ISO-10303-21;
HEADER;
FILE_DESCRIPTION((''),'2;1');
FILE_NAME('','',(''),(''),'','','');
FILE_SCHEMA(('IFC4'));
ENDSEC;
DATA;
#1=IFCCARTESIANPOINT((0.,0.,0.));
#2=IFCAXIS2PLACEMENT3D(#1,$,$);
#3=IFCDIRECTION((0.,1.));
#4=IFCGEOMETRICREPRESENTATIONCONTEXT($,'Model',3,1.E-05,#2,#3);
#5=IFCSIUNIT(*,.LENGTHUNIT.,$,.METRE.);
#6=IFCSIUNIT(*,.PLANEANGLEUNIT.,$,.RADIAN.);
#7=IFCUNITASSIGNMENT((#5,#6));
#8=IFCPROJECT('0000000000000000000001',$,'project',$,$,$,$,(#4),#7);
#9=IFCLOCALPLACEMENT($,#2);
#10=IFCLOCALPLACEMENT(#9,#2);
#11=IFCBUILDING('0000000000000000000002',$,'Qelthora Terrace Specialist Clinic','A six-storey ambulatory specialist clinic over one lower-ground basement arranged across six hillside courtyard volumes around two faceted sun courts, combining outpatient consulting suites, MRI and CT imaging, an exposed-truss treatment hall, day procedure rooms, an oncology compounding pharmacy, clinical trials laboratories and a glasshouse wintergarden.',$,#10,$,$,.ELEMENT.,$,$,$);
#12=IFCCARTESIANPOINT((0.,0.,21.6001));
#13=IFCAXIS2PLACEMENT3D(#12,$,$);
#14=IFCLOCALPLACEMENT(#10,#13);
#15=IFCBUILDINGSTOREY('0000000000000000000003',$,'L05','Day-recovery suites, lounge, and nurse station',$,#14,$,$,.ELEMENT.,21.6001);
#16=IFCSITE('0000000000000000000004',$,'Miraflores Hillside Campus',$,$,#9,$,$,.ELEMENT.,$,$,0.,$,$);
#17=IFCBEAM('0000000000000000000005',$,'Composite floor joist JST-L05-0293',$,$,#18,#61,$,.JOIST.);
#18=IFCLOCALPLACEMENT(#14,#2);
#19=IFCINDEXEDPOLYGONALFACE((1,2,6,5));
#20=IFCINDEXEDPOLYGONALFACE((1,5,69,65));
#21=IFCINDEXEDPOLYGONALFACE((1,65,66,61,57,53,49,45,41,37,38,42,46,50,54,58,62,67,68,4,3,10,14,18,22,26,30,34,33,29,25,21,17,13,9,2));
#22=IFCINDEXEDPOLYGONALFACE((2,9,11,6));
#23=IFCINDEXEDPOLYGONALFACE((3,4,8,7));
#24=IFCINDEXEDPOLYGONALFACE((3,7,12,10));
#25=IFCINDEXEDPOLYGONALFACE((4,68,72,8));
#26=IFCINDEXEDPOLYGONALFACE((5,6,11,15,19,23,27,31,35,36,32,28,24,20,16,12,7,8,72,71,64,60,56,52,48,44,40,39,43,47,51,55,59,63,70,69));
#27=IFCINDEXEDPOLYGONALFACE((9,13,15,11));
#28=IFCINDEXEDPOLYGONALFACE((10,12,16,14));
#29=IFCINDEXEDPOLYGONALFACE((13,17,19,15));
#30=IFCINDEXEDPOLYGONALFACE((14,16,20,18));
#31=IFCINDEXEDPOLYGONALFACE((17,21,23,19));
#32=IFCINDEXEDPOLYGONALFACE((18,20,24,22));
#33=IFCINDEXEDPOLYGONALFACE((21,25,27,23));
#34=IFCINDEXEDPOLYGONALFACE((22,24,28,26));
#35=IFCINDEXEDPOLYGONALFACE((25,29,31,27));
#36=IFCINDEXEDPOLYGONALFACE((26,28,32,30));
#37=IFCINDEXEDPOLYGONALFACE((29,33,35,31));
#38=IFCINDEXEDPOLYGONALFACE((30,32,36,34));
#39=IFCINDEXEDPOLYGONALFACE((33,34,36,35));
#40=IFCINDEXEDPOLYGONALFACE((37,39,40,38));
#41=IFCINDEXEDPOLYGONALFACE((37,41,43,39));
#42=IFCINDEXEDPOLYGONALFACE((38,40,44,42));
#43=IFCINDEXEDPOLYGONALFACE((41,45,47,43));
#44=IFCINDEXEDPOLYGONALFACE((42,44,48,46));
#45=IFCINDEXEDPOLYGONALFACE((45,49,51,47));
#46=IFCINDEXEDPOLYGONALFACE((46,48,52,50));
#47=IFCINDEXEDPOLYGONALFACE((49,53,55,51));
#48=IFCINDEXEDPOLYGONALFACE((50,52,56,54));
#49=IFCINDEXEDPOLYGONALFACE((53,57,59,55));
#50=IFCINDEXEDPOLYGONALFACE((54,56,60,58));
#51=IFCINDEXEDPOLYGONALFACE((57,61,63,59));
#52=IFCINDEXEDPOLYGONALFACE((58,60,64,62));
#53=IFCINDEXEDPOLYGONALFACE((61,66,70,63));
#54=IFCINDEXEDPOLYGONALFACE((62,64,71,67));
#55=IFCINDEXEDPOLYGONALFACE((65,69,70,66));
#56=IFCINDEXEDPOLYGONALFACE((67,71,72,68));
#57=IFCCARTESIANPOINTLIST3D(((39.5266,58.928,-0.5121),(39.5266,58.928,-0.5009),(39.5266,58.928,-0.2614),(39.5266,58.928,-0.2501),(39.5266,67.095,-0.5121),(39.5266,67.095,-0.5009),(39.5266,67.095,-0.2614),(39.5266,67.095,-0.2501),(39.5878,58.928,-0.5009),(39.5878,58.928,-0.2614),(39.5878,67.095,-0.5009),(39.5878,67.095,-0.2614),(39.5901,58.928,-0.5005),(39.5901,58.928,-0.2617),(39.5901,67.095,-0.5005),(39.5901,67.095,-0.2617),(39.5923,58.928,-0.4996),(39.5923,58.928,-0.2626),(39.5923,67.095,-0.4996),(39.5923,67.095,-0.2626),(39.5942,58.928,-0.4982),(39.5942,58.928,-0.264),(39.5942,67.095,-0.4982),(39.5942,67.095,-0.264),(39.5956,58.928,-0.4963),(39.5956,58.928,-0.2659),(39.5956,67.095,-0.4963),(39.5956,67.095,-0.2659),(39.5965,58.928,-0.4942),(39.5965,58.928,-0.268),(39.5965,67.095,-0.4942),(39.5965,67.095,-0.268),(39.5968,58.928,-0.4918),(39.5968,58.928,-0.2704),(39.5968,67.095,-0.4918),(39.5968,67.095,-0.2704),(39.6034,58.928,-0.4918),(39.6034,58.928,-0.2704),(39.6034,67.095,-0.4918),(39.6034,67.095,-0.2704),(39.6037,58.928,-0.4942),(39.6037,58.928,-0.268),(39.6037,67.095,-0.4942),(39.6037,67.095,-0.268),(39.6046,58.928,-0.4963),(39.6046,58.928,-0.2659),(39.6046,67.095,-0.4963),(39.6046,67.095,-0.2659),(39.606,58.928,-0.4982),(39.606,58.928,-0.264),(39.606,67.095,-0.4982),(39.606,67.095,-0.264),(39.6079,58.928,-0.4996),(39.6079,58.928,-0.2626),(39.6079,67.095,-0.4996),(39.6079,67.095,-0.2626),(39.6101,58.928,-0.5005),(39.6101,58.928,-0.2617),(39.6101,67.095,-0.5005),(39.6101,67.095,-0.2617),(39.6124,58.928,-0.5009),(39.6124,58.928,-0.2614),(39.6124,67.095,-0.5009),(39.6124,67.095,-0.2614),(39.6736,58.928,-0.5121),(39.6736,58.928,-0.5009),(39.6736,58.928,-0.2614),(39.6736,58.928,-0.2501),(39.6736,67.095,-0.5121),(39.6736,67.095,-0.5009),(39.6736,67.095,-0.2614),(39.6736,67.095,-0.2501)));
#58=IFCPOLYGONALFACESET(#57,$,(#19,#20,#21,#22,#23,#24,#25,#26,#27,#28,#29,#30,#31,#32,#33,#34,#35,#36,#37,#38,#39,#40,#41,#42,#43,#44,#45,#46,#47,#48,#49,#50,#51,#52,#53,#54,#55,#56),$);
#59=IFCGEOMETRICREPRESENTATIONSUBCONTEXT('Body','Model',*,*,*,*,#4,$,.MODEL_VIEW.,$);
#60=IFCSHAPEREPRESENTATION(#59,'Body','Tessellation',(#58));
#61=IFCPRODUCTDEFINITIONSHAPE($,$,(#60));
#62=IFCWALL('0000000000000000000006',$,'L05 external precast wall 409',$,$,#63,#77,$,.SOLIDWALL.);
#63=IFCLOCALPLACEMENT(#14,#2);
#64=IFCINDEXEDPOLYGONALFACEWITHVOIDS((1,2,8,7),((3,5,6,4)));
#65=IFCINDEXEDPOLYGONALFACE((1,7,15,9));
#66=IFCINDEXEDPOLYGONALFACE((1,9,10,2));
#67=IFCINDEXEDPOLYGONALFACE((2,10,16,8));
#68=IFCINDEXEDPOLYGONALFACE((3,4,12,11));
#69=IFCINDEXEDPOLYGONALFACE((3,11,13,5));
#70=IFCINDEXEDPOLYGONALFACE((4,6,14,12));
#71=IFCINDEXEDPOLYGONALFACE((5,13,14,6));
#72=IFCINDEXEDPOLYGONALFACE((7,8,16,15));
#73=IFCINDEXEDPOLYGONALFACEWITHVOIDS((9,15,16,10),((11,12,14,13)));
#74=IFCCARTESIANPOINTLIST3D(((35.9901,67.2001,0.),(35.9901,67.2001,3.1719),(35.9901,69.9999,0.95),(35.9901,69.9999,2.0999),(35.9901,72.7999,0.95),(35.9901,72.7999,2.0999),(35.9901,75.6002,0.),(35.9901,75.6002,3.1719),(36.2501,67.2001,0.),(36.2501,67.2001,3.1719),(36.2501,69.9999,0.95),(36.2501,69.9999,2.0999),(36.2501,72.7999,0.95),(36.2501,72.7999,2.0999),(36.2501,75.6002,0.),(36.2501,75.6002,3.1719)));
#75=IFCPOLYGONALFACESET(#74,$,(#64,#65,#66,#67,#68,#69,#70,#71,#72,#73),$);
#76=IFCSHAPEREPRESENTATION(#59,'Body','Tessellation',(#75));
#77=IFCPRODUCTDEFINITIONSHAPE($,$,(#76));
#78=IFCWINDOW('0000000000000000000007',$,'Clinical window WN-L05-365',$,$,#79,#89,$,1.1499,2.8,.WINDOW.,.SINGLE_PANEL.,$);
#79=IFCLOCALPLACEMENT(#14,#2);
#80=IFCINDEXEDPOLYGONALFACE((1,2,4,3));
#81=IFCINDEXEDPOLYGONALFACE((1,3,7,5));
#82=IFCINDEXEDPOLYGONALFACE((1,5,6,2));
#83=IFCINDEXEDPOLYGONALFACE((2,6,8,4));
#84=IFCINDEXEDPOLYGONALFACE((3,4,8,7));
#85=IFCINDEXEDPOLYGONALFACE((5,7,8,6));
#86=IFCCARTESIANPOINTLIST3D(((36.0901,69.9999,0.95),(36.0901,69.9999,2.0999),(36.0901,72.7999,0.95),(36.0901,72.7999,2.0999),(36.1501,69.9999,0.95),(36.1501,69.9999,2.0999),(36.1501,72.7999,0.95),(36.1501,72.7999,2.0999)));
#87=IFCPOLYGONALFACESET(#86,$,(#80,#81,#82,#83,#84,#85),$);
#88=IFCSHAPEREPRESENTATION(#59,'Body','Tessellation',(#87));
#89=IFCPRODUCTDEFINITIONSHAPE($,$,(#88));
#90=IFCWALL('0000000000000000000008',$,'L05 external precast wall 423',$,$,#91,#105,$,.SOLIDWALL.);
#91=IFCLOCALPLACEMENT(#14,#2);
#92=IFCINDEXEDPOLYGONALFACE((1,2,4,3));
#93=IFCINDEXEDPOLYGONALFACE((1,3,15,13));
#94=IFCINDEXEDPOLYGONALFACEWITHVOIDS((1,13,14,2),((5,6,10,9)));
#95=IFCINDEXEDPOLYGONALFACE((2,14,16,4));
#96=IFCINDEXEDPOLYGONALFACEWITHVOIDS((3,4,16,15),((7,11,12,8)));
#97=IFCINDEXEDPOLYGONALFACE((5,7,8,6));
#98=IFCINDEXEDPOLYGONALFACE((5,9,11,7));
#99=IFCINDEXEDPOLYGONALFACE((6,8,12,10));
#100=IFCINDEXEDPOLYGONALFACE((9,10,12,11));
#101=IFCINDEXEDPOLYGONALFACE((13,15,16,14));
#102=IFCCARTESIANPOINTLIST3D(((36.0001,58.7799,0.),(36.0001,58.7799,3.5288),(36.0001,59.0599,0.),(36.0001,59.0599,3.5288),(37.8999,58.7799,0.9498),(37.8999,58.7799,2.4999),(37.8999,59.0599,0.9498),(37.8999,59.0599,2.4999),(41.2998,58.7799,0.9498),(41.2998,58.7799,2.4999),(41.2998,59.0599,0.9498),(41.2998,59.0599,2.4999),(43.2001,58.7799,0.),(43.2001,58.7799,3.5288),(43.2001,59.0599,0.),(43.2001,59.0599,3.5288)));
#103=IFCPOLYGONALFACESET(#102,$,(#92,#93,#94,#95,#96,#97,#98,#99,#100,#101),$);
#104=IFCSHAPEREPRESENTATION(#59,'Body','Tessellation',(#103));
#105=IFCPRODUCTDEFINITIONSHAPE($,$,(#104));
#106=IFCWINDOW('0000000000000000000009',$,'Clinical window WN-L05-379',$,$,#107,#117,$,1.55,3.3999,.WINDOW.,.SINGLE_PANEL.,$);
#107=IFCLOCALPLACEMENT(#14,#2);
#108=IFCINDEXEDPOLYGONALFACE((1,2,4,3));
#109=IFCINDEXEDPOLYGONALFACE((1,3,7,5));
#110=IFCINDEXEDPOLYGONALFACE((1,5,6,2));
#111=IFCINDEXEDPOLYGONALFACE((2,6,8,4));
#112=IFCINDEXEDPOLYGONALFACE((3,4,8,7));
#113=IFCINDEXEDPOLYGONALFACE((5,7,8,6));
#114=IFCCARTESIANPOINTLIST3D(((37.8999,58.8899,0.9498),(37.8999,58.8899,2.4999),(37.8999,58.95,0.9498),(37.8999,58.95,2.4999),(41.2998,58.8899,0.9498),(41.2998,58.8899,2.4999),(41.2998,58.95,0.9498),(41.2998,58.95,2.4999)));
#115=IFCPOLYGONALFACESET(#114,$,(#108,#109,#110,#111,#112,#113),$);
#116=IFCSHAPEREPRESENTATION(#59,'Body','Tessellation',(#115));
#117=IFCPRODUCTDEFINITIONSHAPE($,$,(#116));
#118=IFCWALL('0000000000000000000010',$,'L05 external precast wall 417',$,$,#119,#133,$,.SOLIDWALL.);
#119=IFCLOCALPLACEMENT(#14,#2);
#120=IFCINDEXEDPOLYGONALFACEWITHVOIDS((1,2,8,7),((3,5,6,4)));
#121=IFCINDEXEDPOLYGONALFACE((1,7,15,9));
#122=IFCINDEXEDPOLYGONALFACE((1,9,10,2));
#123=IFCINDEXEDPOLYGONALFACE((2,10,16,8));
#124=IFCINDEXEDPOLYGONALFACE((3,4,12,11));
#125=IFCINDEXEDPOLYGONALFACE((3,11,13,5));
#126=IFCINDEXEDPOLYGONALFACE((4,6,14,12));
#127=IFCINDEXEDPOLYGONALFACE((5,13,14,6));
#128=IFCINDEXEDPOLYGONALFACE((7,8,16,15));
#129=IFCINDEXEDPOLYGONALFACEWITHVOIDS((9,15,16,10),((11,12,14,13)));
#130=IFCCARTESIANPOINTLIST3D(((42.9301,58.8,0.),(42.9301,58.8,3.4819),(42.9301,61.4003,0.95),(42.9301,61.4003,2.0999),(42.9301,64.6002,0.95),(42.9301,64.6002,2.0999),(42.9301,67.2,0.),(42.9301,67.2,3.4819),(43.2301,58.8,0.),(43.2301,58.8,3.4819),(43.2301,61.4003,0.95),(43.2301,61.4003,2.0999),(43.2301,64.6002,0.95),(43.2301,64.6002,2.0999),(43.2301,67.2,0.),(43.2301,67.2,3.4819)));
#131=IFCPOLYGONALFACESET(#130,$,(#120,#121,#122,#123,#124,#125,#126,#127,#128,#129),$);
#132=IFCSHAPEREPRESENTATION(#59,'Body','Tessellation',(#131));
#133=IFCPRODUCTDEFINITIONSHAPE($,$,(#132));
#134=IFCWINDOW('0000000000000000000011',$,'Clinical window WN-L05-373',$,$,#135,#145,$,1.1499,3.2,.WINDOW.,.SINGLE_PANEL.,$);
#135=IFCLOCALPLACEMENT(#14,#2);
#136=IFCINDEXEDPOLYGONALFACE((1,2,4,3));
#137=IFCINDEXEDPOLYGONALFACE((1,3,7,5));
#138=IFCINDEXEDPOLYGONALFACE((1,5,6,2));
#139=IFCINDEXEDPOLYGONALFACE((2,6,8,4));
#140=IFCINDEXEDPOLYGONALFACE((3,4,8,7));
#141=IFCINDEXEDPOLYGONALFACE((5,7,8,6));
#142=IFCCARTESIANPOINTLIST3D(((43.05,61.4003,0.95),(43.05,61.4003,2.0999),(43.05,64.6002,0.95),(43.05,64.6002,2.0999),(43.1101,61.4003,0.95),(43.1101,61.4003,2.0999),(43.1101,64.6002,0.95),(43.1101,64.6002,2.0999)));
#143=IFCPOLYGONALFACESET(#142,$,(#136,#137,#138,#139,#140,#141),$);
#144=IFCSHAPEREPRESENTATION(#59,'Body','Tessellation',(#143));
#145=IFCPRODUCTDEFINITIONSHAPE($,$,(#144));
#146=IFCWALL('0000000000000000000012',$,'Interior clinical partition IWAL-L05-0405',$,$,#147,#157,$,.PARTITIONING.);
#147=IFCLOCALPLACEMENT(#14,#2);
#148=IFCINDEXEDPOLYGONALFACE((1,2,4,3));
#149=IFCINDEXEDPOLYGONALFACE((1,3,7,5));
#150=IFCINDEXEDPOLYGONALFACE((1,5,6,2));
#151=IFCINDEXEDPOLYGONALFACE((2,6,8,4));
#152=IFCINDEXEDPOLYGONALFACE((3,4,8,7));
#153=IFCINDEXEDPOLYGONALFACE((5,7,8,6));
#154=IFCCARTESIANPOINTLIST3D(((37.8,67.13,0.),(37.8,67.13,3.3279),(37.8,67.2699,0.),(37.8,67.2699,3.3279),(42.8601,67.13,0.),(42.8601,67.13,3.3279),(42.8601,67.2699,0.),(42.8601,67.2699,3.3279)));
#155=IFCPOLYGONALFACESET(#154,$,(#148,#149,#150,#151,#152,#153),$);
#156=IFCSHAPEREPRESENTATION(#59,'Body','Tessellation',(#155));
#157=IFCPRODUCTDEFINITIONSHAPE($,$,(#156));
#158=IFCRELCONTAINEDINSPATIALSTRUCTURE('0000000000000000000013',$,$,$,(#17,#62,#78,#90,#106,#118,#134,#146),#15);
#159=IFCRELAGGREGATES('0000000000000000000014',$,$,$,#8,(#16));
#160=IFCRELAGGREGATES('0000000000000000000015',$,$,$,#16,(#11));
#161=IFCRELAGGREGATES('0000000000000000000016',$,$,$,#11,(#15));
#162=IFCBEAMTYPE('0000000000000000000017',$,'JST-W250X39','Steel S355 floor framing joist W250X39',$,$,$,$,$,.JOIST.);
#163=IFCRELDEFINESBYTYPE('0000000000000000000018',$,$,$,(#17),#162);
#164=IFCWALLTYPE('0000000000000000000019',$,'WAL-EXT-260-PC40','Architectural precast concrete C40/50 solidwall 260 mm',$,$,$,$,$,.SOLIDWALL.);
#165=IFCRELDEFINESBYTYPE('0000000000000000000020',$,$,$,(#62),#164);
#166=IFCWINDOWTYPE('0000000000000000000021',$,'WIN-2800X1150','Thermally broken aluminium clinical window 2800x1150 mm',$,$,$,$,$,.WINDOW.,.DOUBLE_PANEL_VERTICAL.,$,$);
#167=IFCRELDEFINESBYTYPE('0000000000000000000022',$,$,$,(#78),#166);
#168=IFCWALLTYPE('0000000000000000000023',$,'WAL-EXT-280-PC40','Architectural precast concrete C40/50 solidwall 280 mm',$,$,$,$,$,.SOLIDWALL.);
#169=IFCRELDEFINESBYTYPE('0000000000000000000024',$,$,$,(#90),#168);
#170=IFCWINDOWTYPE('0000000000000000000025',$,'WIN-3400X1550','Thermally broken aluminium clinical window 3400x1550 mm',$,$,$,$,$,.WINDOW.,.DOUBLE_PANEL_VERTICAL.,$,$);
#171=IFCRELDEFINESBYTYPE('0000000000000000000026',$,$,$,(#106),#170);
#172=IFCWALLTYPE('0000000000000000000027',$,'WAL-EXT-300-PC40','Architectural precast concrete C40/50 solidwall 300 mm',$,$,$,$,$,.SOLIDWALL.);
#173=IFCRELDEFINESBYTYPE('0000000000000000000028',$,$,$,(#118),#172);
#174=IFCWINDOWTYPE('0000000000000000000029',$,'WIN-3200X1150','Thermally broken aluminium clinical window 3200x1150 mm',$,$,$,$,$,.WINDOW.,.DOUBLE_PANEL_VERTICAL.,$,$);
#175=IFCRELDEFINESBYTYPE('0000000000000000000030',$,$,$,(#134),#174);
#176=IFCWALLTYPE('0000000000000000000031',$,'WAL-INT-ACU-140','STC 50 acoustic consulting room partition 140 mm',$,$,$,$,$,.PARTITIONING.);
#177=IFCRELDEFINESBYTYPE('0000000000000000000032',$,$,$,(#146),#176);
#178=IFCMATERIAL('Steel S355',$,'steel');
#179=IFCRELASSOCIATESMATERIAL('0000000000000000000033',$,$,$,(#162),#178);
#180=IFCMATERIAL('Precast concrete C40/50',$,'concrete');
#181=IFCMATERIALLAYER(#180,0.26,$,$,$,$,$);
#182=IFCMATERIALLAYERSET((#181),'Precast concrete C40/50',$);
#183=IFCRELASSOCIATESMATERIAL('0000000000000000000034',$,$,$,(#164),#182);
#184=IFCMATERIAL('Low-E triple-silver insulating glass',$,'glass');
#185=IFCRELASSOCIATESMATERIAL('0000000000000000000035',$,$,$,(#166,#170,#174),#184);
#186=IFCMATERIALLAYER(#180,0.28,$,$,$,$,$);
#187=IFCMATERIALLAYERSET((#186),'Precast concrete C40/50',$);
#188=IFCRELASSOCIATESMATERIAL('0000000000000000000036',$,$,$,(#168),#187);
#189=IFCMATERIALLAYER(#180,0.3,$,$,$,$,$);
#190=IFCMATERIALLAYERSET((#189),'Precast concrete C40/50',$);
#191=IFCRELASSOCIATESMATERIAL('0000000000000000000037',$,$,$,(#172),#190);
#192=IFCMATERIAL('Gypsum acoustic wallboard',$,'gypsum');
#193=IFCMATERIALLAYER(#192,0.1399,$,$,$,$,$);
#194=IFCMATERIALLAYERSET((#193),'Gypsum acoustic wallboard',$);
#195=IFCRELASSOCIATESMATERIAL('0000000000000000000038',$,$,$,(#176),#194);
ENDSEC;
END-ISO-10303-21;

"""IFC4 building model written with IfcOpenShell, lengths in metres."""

from ifc_helpers import new_model, si_unit, direction, frame, frame_2d, origin, origin_2d, place, context, subcontext, project, spatial, rectangle, i_section, extrude, material, layer, layer_set, material_profile, profile_set, type_object, element, fill, save


model = new_model("IFC4")

# Units and contexts
model_context = context("Model", 3, precision=1e-05, world=origin(), true_north=direction((0.0, 1.0)))
body_context = subcontext(model_context, "Body", "Model", "MODEL_VIEW")
ifc_project = project(units=[si_unit("LENGTHUNIT", "METRE"), si_unit("PLANEANGLEUNIT", "RADIAN")], contexts=[model_context])

# Site, building, storey
site_placement = place(None, origin())
site = spatial("IfcSite", under=ifc_project, at=site_placement, Name="Miraflores Hillside Campus", CompositionType="ELEMENT", RefElevation=0.0)
building_placement = place(site_placement, origin())
building = spatial("IfcBuilding", under=site, at=building_placement, Name="Qelthora Terrace Specialist Clinic", Description="A six-storey ambulatory specialist clinic over one lower-ground basement arranged across six hillside courtyard volumes around two faceted sun courts, combining outpatient consulting suites, MRI and CT imaging, an exposed-truss treatment hall, day procedure rooms, an oncology compounding pharmacy, clinical trials laboratories and a glasshouse wintergarden.", CompositionType="ELEMENT")
storey_placement = place(building_placement, frame((0.0, 0.0, 21.6001)))
storey = spatial("IfcBuildingStorey", under=building, at=storey_placement, Name="L05", Description="Day-recovery suites, lounge, and nurse station", CompositionType="ELEMENT", Elevation=21.6001)

# Beam
ifc_material_1 = material(Name="Steel S355", Category="steel")
ifc_material_profile_1 = material_profile(ifc_material_1, i_section(OverallWidth=0.147, OverallDepth=0.262, WebThickness=0.0066, FlangeThickness=0.0112, FilletRadius=0.009, at=origin_2d()), Name="W250X39")
ifc_profile_set_1 = profile_set([ifc_material_profile_1], Name="Steel S355")
beam_type_1 = type_object("IfcBeamType", Name="JST-W250X39", Description="Steel S355 floor framing joist W250X39", PredefinedType="JOIST", material=ifc_profile_set_1)
beam_1_placement = place(storey_placement, frame((39.6001, 58.928, -0.3811), z_axis=(0.0, 1.0, 0.0), x_axis=(-1.0, 0.0, 0.0)))
element("IfcBeam", 1, at=beam_1_placement, inside=storey, type_object=beam_type_1, Name="Composite floor joist JST-L05-0293", PredefinedType="JOIST", context=body_context, shape_type="SweptSolid", body=[
    extrude(i_section(OverallWidth=0.147, OverallDepth=0.262, WebThickness=0.0066, FlangeThickness=0.0112, FilletRadius=0.009, at=origin_2d()), origin(), (0.0, 0.0, 1.0), 8.167),
])

# Walls, openings, windows
ifc_material_2 = material(Name="Precast concrete C40/50", Category="concrete")
ifc_layer_1 = layer(ifc_material_2, 0.26)
ifc_layer_set_1 = layer_set([ifc_layer_1], Name="Precast concrete C40/50")
wall_type_1 = type_object("IfcWallType", Name="WAL-EXT-260-PC40", Description="Architectural precast concrete C40/50 solidwall 260 mm", PredefinedType="SOLIDWALL", material=ifc_layer_set_1)
wall_1_placement = place(storey_placement, frame((36.1201, 67.2, 0.0), z_axis=(0.0, 0.0, 1.0), x_axis=(0.0, 1.0, 0.0)))
wall_1 = element("IfcWall", 2, at=wall_1_placement, inside=storey, type_object=wall_type_1, Name="L05 external precast wall 409", PredefinedType="SOLIDWALL", context=body_context, shape_type="SweptSolid", body=[
    extrude(rectangle(XDim=8.4001, YDim=0.26, at=frame_2d((4.2002, 0.0))), origin(), (0.0, 0.0, 1.0), 3.1719),
])
opening_1_placement = place(wall_1_placement, frame((2.8, 0.0, 0.95)))
opening_1 = element("IfcOpeningElement", 3, at=opening_1_placement, cuts=wall_1, PredefinedType="OPENING", context=body_context, shape_type="SweptSolid", body=[
    extrude(rectangle(XDim=2.8, YDim=1.1499, at=frame_2d((1.3999, 0.575))), frame((0.0, 0.1399, 0.0), z_axis=(0.0, -1.0, 0.0), x_axis=(1.0, 0.0, 0.0)), (0.0, 0.0, 1.0), 0.28),
])
ifc_material_3 = material(Name="Low-E triple-silver insulating glass", Category="glass")
window_type_1 = type_object("IfcWindowType", Name="WIN-2800X1150", Description="Thermally broken aluminium clinical window 2800x1150 mm", PartitioningType="DOUBLE_PANEL_VERTICAL", PredefinedType="WINDOW", material=ifc_material_3)
window_1_placement = place(opening_1_placement, origin())
window_1 = element("IfcWindow", 4, at=window_1_placement, inside=storey, type_object=window_type_1, Name="Clinical window WN-L05-365", OverallHeight=1.1499, OverallWidth=2.8, PartitioningType="SINGLE_PANEL", PredefinedType="WINDOW", context=body_context, shape_type="SweptSolid", body=[
    extrude(rectangle(XDim=2.8, YDim=1.1499, at=frame_2d((1.3999, 0.575))), frame((0.0, 0.03, 0.0), z_axis=(0.0, -1.0, 0.0), x_axis=(1.0, 0.0, 0.0)), (0.0, 0.0, 1.0), 0.0601),
])
fill(opening_1, window_1)
ifc_layer_2 = layer(ifc_material_2, 0.28)
ifc_layer_set_2 = layer_set([ifc_layer_2], Name="Precast concrete C40/50")
wall_type_2 = type_object("IfcWallType", Name="WAL-EXT-280-PC40", Description="Architectural precast concrete C40/50 solidwall 280 mm", PredefinedType="SOLIDWALL", material=ifc_layer_set_2)
wall_2_placement = place(storey_placement, frame((36.0, 58.9199, 0.0), z_axis=(0.0, 0.0, 1.0), x_axis=(1.0, 0.0, 0.0)))
wall_2 = element("IfcWall", 5, at=wall_2_placement, inside=storey, type_object=wall_type_2, Name="L05 external precast wall 423", PredefinedType="SOLIDWALL", context=body_context, shape_type="SweptSolid", body=[
    extrude(rectangle(XDim=7.2, YDim=0.28, at=frame_2d((3.6001, 0.0))), origin(), (0.0, 0.0, 1.0), 3.5288),
])
opening_2_placement = place(wall_2_placement, frame((1.8999, 0.0, 0.95)))
opening_2 = element("IfcOpeningElement", 6, at=opening_2_placement, cuts=wall_2, PredefinedType="OPENING", context=body_context, shape_type="SweptSolid", body=[
    extrude(rectangle(XDim=3.3999, YDim=1.55, at=frame_2d((1.7, 0.7749))), frame((0.0, 0.1499, 0.0), z_axis=(0.0, -1.0, 0.0), x_axis=(1.0, 0.0, 0.0)), (0.0, 0.0, 1.0), 0.3),
])
window_type_2 = type_object("IfcWindowType", Name="WIN-3400X1550", Description="Thermally broken aluminium clinical window 3400x1550 mm", PartitioningType="DOUBLE_PANEL_VERTICAL", PredefinedType="WINDOW", material=ifc_material_3)
window_2_placement = place(opening_2_placement, origin())
window_2 = element("IfcWindow", 7, at=window_2_placement, inside=storey, type_object=window_type_2, Name="Clinical window WN-L05-379", OverallHeight=1.55, OverallWidth=3.3999, PartitioningType="SINGLE_PANEL", PredefinedType="WINDOW", context=body_context, shape_type="SweptSolid", body=[
    extrude(rectangle(XDim=3.3999, YDim=1.55, at=frame_2d((1.7, 0.7749))), frame((0.0, 0.03, 0.0), z_axis=(0.0, -1.0, 0.0), x_axis=(1.0, 0.0, 0.0)), (0.0, 0.0, 1.0), 0.0601),
])
fill(opening_2, window_2)
ifc_layer_3 = layer(ifc_material_2, 0.3)
ifc_layer_set_3 = layer_set([ifc_layer_3], Name="Precast concrete C40/50")
wall_type_3 = type_object("IfcWallType", Name="WAL-EXT-300-PC40", Description="Architectural precast concrete C40/50 solidwall 300 mm", PredefinedType="SOLIDWALL", material=ifc_layer_set_3)
wall_3_placement = place(storey_placement, frame((43.0801, 58.8, 0.0), z_axis=(0.0, 0.0, 1.0), x_axis=(0.0, 1.0, 0.0)))
wall_3 = element("IfcWall", 8, at=wall_3_placement, inside=storey, type_object=wall_type_3, Name="L05 external precast wall 417", PredefinedType="SOLIDWALL", context=body_context, shape_type="SweptSolid", body=[
    extrude(rectangle(XDim=8.3999, YDim=0.3, at=frame_2d((4.2, 0.0))), origin(), (0.0, 0.0, 1.0), 3.4819),
])
opening_3_placement = place(wall_3_placement, frame((2.6001, 0.0, 0.95)))
opening_3 = element("IfcOpeningElement", 9, at=opening_3_placement, cuts=wall_3, PredefinedType="OPENING", context=body_context, shape_type="SweptSolid", body=[
    extrude(rectangle(XDim=3.2, YDim=1.1499, at=frame_2d((1.6001, 0.575))), frame((0.0, 0.1599, 0.0), z_axis=(0.0, -1.0, 0.0), x_axis=(1.0, 0.0, 0.0)), (0.0, 0.0, 1.0), 0.3201),
])
window_type_3 = type_object("IfcWindowType", Name="WIN-3200X1150", Description="Thermally broken aluminium clinical window 3200x1150 mm", PartitioningType="DOUBLE_PANEL_VERTICAL", PredefinedType="WINDOW", material=ifc_material_3)
window_3_placement = place(opening_3_placement, origin())
window_3 = element("IfcWindow", 10, at=window_3_placement, inside=storey, type_object=window_type_3, Name="Clinical window WN-L05-373", OverallHeight=1.1499, OverallWidth=3.2, PartitioningType="SINGLE_PANEL", PredefinedType="WINDOW", context=body_context, shape_type="SweptSolid", body=[
    extrude(rectangle(XDim=3.2, YDim=1.1499, at=frame_2d((1.6001, 0.575))), frame((0.0, 0.03, 0.0), z_axis=(0.0, -1.0, 0.0), x_axis=(1.0, 0.0, 0.0)), (0.0, 0.0, 1.0), 0.0601),
])
fill(opening_3, window_3)

# Wall
ifc_material_4 = material(Name="Gypsum acoustic wallboard", Category="gypsum")
ifc_layer_4 = layer(ifc_material_4, 0.1399)
ifc_layer_set_4 = layer_set([ifc_layer_4], Name="Gypsum acoustic wallboard")
wall_type_4 = type_object("IfcWallType", Name="WAL-INT-ACU-140", Description="STC 50 acoustic consulting room partition 140 mm", PredefinedType="PARTITIONING", material=ifc_layer_set_4)
wall_4_placement = place(storey_placement, frame((37.8, 67.2, 0.0), z_axis=(0.0, 0.0, 1.0), x_axis=(1.0, 0.0, 0.0)))
element("IfcWall", 11, at=wall_4_placement, inside=storey, type_object=wall_type_4, Name="Interior clinical partition IWAL-L05-0405", PredefinedType="PARTITIONING", context=body_context, shape_type="SweptSolid", body=[
    extrude(rectangle(XDim=5.0601, YDim=0.1399, at=frame_2d((2.53, 0.0))), origin(), (0.0, 0.0, 1.0), 3.3279),
])

save(model, "model.ifc")
